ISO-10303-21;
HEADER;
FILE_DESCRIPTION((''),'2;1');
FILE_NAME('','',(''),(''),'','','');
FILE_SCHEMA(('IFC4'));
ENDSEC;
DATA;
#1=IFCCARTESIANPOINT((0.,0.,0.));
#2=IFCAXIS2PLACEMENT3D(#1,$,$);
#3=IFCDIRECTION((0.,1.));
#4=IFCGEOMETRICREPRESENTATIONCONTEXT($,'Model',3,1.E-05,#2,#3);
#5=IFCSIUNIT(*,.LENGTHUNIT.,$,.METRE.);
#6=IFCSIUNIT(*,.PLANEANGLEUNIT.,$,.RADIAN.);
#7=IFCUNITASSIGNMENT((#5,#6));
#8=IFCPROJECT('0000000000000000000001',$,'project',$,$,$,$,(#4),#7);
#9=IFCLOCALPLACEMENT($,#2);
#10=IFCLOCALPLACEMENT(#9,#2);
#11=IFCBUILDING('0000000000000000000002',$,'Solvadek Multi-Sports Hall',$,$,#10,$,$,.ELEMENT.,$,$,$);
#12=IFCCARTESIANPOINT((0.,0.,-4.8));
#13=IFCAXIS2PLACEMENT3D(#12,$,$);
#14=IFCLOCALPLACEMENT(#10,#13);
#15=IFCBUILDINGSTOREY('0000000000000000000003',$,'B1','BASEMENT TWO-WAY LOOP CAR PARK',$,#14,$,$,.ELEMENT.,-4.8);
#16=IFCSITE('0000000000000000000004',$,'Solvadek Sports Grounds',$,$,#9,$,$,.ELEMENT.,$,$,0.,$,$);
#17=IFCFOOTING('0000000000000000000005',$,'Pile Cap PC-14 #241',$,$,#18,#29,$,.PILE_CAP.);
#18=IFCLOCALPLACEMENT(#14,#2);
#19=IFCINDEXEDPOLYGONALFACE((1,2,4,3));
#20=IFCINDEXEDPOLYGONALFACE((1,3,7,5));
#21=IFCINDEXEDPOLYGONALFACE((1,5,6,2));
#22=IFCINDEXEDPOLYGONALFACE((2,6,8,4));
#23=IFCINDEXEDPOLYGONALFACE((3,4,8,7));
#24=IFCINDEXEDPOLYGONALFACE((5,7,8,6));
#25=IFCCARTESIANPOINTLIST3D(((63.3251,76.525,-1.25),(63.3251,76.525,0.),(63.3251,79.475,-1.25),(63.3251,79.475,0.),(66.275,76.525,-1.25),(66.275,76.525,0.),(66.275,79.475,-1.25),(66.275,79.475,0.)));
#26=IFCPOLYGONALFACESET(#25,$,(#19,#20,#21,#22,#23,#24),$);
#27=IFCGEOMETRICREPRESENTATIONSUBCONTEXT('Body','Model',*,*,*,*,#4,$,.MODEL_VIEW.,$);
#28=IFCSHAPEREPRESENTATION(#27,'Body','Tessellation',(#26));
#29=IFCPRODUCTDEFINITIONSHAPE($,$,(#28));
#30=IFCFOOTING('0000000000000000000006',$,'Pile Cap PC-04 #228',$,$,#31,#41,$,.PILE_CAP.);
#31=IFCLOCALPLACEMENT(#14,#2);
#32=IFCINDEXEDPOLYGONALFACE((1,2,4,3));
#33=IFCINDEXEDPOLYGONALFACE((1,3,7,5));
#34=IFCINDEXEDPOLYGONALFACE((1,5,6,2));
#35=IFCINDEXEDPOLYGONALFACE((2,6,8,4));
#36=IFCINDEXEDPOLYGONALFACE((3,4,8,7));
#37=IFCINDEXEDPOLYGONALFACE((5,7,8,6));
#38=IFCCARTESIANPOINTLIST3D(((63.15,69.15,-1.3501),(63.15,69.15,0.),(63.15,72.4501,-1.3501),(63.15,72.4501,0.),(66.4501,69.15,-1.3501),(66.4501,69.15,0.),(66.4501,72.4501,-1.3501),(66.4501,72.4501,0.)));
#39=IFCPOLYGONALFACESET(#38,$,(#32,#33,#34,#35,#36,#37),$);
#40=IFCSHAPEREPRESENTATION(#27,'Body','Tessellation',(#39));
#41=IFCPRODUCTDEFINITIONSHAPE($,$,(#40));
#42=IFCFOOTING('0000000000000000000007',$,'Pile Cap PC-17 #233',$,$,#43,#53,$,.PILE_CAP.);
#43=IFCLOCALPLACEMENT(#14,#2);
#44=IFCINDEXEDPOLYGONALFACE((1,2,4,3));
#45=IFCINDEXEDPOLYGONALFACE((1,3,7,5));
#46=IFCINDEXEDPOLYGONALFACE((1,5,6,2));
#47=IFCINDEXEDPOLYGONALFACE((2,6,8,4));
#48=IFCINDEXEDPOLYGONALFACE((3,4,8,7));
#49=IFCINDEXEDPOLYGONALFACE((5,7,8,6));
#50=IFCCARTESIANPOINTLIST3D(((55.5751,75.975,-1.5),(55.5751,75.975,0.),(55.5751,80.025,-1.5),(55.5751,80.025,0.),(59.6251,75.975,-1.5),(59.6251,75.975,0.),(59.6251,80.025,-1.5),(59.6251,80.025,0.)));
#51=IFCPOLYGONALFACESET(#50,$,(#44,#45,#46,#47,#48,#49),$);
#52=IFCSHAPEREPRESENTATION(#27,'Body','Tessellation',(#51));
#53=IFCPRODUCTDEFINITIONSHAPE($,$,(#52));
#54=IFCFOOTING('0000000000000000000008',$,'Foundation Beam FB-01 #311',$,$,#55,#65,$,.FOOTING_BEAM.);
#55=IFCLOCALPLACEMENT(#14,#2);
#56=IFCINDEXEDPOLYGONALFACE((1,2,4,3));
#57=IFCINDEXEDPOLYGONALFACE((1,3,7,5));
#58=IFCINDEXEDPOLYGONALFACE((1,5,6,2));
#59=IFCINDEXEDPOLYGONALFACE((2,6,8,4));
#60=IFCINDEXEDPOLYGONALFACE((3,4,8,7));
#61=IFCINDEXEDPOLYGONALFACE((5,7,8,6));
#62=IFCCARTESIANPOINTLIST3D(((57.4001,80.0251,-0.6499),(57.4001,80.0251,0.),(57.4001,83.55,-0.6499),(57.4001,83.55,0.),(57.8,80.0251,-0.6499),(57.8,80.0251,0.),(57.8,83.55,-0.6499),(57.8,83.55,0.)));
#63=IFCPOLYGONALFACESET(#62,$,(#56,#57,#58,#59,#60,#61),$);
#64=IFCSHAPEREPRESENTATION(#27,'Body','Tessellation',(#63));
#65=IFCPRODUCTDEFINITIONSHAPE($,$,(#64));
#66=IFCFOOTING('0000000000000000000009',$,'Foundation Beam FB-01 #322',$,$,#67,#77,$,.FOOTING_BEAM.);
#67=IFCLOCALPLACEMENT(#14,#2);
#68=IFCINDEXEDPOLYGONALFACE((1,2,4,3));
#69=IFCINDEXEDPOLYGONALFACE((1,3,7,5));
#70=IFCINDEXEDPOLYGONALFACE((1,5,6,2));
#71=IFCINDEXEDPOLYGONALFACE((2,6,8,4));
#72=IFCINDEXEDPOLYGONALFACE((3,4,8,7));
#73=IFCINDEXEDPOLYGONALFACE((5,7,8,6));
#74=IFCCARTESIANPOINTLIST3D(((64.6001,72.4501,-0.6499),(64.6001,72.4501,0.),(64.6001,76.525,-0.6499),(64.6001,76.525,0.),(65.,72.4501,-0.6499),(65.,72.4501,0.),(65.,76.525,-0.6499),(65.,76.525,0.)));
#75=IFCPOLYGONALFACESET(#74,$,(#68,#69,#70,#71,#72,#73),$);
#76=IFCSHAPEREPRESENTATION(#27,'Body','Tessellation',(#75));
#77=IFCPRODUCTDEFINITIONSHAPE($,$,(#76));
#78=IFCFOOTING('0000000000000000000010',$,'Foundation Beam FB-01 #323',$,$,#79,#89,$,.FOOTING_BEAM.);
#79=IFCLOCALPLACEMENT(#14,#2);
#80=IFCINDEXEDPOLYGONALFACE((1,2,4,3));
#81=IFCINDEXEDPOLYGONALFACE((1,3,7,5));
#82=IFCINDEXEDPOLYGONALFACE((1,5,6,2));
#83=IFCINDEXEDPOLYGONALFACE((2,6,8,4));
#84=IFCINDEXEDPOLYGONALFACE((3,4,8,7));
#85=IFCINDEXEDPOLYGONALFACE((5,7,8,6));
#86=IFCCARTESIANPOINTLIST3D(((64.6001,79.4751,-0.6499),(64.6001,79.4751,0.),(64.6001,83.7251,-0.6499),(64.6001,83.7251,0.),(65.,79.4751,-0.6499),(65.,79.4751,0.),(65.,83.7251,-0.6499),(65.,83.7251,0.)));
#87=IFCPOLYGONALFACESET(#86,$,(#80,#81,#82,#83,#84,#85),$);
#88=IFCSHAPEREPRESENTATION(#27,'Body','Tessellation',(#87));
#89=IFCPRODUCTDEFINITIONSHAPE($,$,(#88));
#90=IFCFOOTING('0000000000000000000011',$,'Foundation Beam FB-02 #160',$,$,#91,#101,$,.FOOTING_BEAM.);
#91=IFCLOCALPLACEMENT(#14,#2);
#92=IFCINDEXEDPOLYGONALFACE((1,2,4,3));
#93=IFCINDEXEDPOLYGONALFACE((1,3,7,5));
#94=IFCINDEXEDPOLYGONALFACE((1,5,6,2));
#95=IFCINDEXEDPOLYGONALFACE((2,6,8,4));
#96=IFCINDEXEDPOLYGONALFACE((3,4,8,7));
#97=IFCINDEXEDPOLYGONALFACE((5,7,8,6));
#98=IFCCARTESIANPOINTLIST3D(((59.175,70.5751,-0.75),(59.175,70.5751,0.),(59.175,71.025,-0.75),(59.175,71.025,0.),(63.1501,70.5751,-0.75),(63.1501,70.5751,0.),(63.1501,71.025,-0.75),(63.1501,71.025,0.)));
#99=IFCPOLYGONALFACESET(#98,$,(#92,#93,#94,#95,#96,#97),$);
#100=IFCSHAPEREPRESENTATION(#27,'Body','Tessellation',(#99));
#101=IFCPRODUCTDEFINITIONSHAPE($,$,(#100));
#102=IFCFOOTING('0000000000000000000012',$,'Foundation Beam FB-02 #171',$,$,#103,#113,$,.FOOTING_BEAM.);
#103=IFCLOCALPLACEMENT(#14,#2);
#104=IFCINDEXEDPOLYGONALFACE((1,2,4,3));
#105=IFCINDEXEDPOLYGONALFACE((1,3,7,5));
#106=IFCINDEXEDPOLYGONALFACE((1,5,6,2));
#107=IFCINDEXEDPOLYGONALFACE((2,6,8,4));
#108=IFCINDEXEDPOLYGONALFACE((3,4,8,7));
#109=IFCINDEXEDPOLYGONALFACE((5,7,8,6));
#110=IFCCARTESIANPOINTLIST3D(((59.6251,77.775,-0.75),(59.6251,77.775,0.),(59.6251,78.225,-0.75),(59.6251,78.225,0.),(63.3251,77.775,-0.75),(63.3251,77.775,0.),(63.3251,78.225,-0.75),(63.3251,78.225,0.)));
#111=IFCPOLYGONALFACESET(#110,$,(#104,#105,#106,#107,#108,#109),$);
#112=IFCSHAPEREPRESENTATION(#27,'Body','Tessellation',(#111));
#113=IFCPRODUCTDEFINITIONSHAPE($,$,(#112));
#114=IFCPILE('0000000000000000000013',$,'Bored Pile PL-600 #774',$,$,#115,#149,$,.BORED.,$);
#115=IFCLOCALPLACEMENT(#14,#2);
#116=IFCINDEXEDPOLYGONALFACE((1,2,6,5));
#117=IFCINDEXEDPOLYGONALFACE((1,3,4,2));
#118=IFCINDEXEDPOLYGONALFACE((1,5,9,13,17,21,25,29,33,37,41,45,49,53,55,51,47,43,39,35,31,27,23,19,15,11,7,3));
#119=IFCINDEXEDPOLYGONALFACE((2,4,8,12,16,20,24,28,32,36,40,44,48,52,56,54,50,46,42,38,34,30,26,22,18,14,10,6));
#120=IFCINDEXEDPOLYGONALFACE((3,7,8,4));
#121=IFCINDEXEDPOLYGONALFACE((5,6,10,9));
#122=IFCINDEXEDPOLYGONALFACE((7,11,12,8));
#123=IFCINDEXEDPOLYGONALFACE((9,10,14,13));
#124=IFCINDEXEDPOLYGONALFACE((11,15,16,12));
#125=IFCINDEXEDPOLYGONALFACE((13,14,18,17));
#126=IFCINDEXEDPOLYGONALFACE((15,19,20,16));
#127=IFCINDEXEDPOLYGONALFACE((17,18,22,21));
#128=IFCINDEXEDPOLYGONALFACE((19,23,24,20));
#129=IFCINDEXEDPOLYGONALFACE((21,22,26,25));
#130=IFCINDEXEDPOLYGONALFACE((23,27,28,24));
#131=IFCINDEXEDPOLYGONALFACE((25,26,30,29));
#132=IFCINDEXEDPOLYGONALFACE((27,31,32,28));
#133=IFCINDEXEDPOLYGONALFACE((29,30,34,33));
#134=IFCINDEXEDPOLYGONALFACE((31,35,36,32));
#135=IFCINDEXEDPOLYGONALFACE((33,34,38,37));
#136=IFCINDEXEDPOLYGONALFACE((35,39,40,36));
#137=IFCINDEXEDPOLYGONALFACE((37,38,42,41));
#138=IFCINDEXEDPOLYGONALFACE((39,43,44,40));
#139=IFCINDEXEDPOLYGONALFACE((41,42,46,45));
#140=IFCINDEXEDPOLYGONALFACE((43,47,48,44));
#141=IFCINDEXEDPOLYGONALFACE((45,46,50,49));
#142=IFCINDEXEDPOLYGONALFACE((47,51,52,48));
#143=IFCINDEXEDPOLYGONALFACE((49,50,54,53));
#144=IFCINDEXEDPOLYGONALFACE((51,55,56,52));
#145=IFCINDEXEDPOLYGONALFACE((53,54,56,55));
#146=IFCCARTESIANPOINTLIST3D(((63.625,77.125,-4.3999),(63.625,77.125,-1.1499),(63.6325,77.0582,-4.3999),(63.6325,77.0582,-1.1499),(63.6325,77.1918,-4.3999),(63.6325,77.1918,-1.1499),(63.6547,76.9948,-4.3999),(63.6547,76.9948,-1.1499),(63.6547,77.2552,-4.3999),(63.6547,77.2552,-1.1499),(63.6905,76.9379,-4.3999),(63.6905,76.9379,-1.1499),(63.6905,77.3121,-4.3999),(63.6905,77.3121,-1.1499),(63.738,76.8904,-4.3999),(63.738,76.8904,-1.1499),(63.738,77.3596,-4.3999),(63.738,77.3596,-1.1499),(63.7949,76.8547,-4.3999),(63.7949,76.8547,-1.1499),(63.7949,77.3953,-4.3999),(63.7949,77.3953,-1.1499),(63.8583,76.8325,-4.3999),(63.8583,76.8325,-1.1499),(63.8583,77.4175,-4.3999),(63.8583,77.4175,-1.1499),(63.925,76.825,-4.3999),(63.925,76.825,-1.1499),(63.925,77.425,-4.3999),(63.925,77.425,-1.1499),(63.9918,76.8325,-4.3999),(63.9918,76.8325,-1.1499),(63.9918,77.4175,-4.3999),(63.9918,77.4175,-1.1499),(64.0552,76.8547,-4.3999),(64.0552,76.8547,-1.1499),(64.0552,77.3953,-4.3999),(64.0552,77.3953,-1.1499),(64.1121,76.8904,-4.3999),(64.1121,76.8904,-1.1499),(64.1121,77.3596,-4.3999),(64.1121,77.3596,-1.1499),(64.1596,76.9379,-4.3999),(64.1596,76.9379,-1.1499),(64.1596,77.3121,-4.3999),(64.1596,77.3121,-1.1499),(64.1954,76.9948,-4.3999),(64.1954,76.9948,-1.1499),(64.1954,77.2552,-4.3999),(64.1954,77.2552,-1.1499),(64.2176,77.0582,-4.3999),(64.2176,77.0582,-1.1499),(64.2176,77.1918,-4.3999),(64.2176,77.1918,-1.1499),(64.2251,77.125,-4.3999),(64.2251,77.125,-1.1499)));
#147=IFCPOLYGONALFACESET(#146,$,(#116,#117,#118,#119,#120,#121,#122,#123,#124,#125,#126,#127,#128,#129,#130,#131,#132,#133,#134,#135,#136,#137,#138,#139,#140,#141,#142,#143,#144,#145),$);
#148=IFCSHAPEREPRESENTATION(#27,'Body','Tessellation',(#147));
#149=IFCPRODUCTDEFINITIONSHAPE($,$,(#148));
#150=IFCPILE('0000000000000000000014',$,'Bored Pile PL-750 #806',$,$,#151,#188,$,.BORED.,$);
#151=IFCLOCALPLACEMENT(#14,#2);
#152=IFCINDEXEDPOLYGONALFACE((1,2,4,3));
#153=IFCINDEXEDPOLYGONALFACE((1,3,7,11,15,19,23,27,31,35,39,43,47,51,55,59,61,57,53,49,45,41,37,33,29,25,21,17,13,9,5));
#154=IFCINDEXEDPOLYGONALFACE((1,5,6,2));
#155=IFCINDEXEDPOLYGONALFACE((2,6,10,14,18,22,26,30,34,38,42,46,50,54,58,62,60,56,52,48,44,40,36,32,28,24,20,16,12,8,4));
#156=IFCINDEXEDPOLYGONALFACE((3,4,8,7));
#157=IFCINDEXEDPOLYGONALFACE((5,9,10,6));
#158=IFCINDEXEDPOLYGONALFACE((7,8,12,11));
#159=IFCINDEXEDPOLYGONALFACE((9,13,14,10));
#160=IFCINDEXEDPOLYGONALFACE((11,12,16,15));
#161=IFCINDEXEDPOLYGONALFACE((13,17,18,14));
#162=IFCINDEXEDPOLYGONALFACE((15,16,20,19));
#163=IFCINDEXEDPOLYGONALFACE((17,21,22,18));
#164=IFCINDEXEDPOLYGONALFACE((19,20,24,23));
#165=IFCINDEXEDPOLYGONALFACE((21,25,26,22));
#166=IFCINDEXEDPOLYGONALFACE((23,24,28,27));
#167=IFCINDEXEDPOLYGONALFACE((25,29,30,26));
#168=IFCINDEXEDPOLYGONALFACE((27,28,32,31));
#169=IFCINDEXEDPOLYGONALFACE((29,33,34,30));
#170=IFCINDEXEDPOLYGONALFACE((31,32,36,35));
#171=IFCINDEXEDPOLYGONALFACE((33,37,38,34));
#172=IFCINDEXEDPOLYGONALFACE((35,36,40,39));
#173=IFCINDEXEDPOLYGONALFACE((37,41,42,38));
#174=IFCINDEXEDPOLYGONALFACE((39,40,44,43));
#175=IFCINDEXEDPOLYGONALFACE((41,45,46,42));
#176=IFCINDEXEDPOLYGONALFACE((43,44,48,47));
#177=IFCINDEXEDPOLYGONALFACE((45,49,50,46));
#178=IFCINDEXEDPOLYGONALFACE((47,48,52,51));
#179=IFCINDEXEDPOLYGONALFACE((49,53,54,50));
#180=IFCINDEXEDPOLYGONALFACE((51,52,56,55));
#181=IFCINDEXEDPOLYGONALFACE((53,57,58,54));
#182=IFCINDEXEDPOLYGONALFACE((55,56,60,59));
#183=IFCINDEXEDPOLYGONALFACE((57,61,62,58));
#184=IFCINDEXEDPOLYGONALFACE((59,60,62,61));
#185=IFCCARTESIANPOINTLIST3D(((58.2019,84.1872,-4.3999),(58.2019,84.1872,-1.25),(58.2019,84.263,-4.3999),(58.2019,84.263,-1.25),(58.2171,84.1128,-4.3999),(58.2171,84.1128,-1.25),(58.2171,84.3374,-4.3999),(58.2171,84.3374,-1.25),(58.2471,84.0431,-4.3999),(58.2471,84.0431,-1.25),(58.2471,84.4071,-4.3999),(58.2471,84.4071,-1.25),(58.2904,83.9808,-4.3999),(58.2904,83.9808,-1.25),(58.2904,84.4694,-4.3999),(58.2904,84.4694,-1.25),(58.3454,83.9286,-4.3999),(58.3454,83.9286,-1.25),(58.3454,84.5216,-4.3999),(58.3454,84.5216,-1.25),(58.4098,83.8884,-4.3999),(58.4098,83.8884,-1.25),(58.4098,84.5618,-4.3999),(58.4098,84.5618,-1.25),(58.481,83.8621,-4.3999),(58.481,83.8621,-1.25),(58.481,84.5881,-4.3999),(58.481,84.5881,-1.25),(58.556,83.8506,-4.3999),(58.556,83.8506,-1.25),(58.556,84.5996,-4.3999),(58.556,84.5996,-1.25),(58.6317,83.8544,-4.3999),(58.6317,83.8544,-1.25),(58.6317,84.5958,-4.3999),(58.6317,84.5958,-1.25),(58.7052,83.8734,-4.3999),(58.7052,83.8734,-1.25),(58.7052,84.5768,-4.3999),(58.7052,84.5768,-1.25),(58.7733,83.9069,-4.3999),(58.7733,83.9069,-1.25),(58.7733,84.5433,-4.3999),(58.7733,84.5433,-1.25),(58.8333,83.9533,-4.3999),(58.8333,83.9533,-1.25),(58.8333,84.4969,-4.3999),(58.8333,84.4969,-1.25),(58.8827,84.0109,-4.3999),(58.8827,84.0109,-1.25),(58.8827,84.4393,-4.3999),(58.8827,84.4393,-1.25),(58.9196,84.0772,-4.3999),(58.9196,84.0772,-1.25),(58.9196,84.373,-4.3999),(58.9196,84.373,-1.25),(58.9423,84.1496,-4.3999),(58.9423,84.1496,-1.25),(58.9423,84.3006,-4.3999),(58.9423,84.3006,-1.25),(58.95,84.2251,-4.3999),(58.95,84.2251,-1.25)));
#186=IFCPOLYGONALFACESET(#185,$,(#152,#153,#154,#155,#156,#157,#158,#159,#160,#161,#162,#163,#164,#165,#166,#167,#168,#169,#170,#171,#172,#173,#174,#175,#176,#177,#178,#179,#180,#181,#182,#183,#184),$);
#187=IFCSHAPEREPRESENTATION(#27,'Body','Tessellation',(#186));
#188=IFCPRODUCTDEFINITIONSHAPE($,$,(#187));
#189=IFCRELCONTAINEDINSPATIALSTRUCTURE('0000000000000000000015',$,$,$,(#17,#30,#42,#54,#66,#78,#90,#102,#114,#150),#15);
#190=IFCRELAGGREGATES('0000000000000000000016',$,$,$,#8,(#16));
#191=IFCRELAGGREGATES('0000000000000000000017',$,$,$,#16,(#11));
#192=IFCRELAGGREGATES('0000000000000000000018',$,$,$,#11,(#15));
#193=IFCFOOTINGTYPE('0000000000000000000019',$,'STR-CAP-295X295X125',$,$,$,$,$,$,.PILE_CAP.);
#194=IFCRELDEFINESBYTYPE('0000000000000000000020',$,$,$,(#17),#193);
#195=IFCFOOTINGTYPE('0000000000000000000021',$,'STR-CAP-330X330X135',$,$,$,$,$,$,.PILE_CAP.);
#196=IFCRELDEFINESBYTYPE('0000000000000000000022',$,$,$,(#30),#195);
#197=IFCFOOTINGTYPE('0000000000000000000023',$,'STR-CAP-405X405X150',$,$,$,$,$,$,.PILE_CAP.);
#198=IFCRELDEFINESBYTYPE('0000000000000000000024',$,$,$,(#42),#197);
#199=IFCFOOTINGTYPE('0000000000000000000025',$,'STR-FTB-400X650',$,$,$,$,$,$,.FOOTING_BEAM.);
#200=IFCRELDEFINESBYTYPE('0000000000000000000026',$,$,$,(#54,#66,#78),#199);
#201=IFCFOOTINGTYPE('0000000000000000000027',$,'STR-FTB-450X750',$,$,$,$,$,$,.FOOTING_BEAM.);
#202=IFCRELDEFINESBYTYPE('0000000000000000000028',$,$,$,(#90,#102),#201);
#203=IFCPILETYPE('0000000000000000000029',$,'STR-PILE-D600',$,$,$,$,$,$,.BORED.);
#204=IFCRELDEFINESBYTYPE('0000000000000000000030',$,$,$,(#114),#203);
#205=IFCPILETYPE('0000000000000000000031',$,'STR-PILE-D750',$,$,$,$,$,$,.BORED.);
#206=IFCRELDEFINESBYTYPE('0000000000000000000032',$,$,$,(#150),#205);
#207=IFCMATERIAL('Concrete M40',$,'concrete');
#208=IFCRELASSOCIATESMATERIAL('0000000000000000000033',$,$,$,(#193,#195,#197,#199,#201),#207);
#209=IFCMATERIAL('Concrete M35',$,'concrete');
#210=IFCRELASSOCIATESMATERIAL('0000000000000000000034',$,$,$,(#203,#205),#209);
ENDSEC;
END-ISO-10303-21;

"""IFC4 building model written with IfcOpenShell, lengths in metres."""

from ifc_helpers import new_model, si_unit, direction, frame, origin, origin_2d, place, context, subcontext, project, spatial, rectangle, circle, extrude, material, material_profile, profile_set, type_object, element, save


model = new_model("IFC4")

# Units and contexts
model_context = context("Model", 3, precision=1e-05, world=origin(), true_north=direction((0.0, 1.0)))
body_context = subcontext(model_context, "Body", "Model", "MODEL_VIEW")
ifc_project = project(units=[si_unit("LENGTHUNIT", "METRE"), si_unit("PLANEANGLEUNIT", "RADIAN")], contexts=[model_context])

# Site, building, storey
site_placement = place(None, origin())
site = spatial("IfcSite", under=ifc_project, at=site_placement, Name="Solvadek Sports Grounds", CompositionType="ELEMENT", RefElevation=0.0)
building_placement = place(site_placement, origin())
building = spatial("IfcBuilding", under=site, at=building_placement, Name="Solvadek Multi-Sports Hall", CompositionType="ELEMENT")
storey_placement = place(building_placement, frame((0.0, 0.0, -4.8)))
storey = spatial("IfcBuildingStorey", under=building, at=storey_placement, Name="B1", Description="BASEMENT TWO-WAY LOOP CAR PARK", CompositionType="ELEMENT", Elevation=-4.8)

# Footings
ifc_material_1 = material(Name="Concrete M40", Category="concrete")
footing_type_1 = type_object("IfcFootingType", Name="STR-CAP-295X295X125", PredefinedType="PILE_CAP", material=ifc_material_1)
footing_1_placement = place(storey_placement, frame((64.8, 78.0, -1.25), z_axis=(0.0, 0.0, 1.0), x_axis=(1.0, 0.0, 0.0)))
element("IfcFooting", 1, at=footing_1_placement, inside=storey, type_object=footing_type_1, Name="Pile Cap PC-14 #241", PredefinedType="PILE_CAP", context=body_context, shape_type="SweptSolid", body=[
    extrude(rectangle(XDim=2.95, YDim=2.95, at=origin_2d()), origin(), (0.0, 0.0, 1.0), 1.25),
])
footing_type_2 = type_object("IfcFootingType", Name="STR-CAP-330X330X135", PredefinedType="PILE_CAP", material=ifc_material_1)
footing_2_placement = place(storey_placement, frame((64.8, 70.8, -1.3501), z_axis=(0.0, 0.0, 1.0), x_axis=(1.0, 0.0, 0.0)))
element("IfcFooting", 2, at=footing_2_placement, inside=storey, type_object=footing_type_2, Name="Pile Cap PC-04 #228", PredefinedType="PILE_CAP", context=body_context, shape_type="SweptSolid", body=[
    extrude(rectangle(XDim=3.3, YDim=3.3, at=origin_2d()), origin(), (0.0, 0.0, 1.0), 1.3501),
])
footing_type_3 = type_object("IfcFootingType", Name="STR-CAP-405X405X150", PredefinedType="PILE_CAP", material=ifc_material_1)
footing_3_placement = place(storey_placement, frame((57.6001, 78.0, -1.5), z_axis=(0.0, 0.0, 1.0), x_axis=(1.0, 0.0, 0.0)))
element("IfcFooting", 3, at=footing_3_placement, inside=storey, type_object=footing_type_3, Name="Pile Cap PC-17 #233", PredefinedType="PILE_CAP", context=body_context, shape_type="SweptSolid", body=[
    extrude(rectangle(XDim=4.05, YDim=4.05, at=origin_2d()), origin(), (0.0, 0.0, 1.0), 1.5),
])
footing_type_4 = type_object("IfcFootingType", Name="STR-FTB-400X650", PredefinedType="FOOTING_BEAM", material=ifc_material_1)
footing_4_placement = place(storey_placement, frame((57.6001, 81.7876, -0.6499), z_axis=(0.0, 0.0, 1.0), x_axis=(0.0, 1.0, 0.0)))
element("IfcFooting", 4, at=footing_4_placement, inside=storey, type_object=footing_type_4, Name="Foundation Beam FB-01 #311", PredefinedType="FOOTING_BEAM", context=body_context, shape_type="SweptSolid", body=[
    extrude(rectangle(XDim=3.5249, YDim=0.3999, at=origin_2d()), origin(), (0.0, 0.0, 1.0), 0.6499),
])
footing_5_placement = place(storey_placement, frame((64.8, 74.4875, -0.6499), z_axis=(0.0, 0.0, 1.0), x_axis=(0.0, 1.0, 0.0)))
element("IfcFooting", 5, at=footing_5_placement, inside=storey, type_object=footing_type_4, Name="Foundation Beam FB-01 #322", PredefinedType="FOOTING_BEAM", context=body_context, shape_type="SweptSolid", body=[
    extrude(rectangle(XDim=4.075, YDim=0.3999, at=origin_2d()), origin(), (0.0, 0.0, 1.0), 0.6499),
])
footing_6_placement = place(storey_placement, frame((64.8, 81.6001, -0.6499), z_axis=(0.0, 0.0, 1.0), x_axis=(0.0, 1.0, 0.0)))
element("IfcFooting", 6, at=footing_6_placement, inside=storey, type_object=footing_type_4, Name="Foundation Beam FB-01 #323", PredefinedType="FOOTING_BEAM", context=body_context, shape_type="SweptSolid", body=[
    extrude(rectangle(XDim=4.25, YDim=0.3999, at=origin_2d()), origin(), (0.0, 0.0, 1.0), 0.6499),
])
footing_type_5 = type_object("IfcFootingType", Name="STR-FTB-450X750", PredefinedType="FOOTING_BEAM", material=ifc_material_1)
footing_7_placement = place(storey_placement, frame((61.1626, 70.8, -0.75), z_axis=(0.0, 0.0, 1.0), x_axis=(1.0, 0.0, 0.0)))
element("IfcFooting", 7, at=footing_7_placement, inside=storey, type_object=footing_type_5, Name="Foundation Beam FB-02 #160", PredefinedType="FOOTING_BEAM", context=body_context, shape_type="SweptSolid", body=[
    extrude(rectangle(XDim=3.9751, YDim=0.45, at=origin_2d()), origin(), (0.0, 0.0, 1.0), 0.75),
])
footing_8_placement = place(storey_placement, frame((61.4751, 78.0, -0.75), z_axis=(0.0, 0.0, 1.0), x_axis=(1.0, 0.0, 0.0)))
element("IfcFooting", 8, at=footing_8_placement, inside=storey, type_object=footing_type_5, Name="Foundation Beam FB-02 #171", PredefinedType="FOOTING_BEAM", context=body_context, shape_type="SweptSolid", body=[
    extrude(rectangle(XDim=3.7, YDim=0.45, at=origin_2d()), origin(), (0.0, 0.0, 1.0), 0.75),
])

# Piles
ifc_material_2 = material(Name="Concrete M35", Category="concrete")
ifc_material_profile_1 = material_profile(ifc_material_2, circle(Radius=0.3, at=origin_2d()), Name="BORED PILE D600")
ifc_profile_set_1 = profile_set([ifc_material_profile_1], Name="Concrete M35")
pile_type_1 = type_object("IfcPileType", Name="STR-PILE-D600", PredefinedType="BORED", material=ifc_profile_set_1)
pile_1_placement = place(storey_placement, frame((63.925, 77.125, -1.1499), z_axis=(0.0, 0.0, -1.0), x_axis=(1.0, 0.0, 0.0)))
element("IfcPile", 9, at=pile_1_placement, inside=storey, type_object=pile_type_1, Name="Bored Pile PL-600 #774", PredefinedType="BORED", context=body_context, shape_type="SweptSolid", body=[
    extrude(circle(Radius=0.3, at=origin_2d()), origin(), (0.0, 0.0, 1.0), 3.25),
])
ifc_material_profile_2 = material_profile(ifc_material_2, circle(Radius=0.375, at=origin_2d()), Name="BORED PILE D750")
ifc_profile_set_2 = profile_set([ifc_material_profile_2], Name="Concrete M35")
pile_type_2 = type_object("IfcPileType", Name="STR-PILE-D750", PredefinedType="BORED", material=ifc_profile_set_2)
pile_2_placement = place(storey_placement, frame((58.575, 84.2251, -1.25), z_axis=(0.0, 0.0, -1.0), x_axis=(1.0, 0.0, 0.0)))
element("IfcPile", 10, at=pile_2_placement, inside=storey, type_object=pile_type_2, Name="Bored Pile PL-750 #806", PredefinedType="BORED", context=body_context, shape_type="SweptSolid", body=[
    extrude(circle(Radius=0.375, at=origin_2d()), origin(), (0.0, 0.0, 1.0), 3.1499),
])

save(model, "model.ifc")
